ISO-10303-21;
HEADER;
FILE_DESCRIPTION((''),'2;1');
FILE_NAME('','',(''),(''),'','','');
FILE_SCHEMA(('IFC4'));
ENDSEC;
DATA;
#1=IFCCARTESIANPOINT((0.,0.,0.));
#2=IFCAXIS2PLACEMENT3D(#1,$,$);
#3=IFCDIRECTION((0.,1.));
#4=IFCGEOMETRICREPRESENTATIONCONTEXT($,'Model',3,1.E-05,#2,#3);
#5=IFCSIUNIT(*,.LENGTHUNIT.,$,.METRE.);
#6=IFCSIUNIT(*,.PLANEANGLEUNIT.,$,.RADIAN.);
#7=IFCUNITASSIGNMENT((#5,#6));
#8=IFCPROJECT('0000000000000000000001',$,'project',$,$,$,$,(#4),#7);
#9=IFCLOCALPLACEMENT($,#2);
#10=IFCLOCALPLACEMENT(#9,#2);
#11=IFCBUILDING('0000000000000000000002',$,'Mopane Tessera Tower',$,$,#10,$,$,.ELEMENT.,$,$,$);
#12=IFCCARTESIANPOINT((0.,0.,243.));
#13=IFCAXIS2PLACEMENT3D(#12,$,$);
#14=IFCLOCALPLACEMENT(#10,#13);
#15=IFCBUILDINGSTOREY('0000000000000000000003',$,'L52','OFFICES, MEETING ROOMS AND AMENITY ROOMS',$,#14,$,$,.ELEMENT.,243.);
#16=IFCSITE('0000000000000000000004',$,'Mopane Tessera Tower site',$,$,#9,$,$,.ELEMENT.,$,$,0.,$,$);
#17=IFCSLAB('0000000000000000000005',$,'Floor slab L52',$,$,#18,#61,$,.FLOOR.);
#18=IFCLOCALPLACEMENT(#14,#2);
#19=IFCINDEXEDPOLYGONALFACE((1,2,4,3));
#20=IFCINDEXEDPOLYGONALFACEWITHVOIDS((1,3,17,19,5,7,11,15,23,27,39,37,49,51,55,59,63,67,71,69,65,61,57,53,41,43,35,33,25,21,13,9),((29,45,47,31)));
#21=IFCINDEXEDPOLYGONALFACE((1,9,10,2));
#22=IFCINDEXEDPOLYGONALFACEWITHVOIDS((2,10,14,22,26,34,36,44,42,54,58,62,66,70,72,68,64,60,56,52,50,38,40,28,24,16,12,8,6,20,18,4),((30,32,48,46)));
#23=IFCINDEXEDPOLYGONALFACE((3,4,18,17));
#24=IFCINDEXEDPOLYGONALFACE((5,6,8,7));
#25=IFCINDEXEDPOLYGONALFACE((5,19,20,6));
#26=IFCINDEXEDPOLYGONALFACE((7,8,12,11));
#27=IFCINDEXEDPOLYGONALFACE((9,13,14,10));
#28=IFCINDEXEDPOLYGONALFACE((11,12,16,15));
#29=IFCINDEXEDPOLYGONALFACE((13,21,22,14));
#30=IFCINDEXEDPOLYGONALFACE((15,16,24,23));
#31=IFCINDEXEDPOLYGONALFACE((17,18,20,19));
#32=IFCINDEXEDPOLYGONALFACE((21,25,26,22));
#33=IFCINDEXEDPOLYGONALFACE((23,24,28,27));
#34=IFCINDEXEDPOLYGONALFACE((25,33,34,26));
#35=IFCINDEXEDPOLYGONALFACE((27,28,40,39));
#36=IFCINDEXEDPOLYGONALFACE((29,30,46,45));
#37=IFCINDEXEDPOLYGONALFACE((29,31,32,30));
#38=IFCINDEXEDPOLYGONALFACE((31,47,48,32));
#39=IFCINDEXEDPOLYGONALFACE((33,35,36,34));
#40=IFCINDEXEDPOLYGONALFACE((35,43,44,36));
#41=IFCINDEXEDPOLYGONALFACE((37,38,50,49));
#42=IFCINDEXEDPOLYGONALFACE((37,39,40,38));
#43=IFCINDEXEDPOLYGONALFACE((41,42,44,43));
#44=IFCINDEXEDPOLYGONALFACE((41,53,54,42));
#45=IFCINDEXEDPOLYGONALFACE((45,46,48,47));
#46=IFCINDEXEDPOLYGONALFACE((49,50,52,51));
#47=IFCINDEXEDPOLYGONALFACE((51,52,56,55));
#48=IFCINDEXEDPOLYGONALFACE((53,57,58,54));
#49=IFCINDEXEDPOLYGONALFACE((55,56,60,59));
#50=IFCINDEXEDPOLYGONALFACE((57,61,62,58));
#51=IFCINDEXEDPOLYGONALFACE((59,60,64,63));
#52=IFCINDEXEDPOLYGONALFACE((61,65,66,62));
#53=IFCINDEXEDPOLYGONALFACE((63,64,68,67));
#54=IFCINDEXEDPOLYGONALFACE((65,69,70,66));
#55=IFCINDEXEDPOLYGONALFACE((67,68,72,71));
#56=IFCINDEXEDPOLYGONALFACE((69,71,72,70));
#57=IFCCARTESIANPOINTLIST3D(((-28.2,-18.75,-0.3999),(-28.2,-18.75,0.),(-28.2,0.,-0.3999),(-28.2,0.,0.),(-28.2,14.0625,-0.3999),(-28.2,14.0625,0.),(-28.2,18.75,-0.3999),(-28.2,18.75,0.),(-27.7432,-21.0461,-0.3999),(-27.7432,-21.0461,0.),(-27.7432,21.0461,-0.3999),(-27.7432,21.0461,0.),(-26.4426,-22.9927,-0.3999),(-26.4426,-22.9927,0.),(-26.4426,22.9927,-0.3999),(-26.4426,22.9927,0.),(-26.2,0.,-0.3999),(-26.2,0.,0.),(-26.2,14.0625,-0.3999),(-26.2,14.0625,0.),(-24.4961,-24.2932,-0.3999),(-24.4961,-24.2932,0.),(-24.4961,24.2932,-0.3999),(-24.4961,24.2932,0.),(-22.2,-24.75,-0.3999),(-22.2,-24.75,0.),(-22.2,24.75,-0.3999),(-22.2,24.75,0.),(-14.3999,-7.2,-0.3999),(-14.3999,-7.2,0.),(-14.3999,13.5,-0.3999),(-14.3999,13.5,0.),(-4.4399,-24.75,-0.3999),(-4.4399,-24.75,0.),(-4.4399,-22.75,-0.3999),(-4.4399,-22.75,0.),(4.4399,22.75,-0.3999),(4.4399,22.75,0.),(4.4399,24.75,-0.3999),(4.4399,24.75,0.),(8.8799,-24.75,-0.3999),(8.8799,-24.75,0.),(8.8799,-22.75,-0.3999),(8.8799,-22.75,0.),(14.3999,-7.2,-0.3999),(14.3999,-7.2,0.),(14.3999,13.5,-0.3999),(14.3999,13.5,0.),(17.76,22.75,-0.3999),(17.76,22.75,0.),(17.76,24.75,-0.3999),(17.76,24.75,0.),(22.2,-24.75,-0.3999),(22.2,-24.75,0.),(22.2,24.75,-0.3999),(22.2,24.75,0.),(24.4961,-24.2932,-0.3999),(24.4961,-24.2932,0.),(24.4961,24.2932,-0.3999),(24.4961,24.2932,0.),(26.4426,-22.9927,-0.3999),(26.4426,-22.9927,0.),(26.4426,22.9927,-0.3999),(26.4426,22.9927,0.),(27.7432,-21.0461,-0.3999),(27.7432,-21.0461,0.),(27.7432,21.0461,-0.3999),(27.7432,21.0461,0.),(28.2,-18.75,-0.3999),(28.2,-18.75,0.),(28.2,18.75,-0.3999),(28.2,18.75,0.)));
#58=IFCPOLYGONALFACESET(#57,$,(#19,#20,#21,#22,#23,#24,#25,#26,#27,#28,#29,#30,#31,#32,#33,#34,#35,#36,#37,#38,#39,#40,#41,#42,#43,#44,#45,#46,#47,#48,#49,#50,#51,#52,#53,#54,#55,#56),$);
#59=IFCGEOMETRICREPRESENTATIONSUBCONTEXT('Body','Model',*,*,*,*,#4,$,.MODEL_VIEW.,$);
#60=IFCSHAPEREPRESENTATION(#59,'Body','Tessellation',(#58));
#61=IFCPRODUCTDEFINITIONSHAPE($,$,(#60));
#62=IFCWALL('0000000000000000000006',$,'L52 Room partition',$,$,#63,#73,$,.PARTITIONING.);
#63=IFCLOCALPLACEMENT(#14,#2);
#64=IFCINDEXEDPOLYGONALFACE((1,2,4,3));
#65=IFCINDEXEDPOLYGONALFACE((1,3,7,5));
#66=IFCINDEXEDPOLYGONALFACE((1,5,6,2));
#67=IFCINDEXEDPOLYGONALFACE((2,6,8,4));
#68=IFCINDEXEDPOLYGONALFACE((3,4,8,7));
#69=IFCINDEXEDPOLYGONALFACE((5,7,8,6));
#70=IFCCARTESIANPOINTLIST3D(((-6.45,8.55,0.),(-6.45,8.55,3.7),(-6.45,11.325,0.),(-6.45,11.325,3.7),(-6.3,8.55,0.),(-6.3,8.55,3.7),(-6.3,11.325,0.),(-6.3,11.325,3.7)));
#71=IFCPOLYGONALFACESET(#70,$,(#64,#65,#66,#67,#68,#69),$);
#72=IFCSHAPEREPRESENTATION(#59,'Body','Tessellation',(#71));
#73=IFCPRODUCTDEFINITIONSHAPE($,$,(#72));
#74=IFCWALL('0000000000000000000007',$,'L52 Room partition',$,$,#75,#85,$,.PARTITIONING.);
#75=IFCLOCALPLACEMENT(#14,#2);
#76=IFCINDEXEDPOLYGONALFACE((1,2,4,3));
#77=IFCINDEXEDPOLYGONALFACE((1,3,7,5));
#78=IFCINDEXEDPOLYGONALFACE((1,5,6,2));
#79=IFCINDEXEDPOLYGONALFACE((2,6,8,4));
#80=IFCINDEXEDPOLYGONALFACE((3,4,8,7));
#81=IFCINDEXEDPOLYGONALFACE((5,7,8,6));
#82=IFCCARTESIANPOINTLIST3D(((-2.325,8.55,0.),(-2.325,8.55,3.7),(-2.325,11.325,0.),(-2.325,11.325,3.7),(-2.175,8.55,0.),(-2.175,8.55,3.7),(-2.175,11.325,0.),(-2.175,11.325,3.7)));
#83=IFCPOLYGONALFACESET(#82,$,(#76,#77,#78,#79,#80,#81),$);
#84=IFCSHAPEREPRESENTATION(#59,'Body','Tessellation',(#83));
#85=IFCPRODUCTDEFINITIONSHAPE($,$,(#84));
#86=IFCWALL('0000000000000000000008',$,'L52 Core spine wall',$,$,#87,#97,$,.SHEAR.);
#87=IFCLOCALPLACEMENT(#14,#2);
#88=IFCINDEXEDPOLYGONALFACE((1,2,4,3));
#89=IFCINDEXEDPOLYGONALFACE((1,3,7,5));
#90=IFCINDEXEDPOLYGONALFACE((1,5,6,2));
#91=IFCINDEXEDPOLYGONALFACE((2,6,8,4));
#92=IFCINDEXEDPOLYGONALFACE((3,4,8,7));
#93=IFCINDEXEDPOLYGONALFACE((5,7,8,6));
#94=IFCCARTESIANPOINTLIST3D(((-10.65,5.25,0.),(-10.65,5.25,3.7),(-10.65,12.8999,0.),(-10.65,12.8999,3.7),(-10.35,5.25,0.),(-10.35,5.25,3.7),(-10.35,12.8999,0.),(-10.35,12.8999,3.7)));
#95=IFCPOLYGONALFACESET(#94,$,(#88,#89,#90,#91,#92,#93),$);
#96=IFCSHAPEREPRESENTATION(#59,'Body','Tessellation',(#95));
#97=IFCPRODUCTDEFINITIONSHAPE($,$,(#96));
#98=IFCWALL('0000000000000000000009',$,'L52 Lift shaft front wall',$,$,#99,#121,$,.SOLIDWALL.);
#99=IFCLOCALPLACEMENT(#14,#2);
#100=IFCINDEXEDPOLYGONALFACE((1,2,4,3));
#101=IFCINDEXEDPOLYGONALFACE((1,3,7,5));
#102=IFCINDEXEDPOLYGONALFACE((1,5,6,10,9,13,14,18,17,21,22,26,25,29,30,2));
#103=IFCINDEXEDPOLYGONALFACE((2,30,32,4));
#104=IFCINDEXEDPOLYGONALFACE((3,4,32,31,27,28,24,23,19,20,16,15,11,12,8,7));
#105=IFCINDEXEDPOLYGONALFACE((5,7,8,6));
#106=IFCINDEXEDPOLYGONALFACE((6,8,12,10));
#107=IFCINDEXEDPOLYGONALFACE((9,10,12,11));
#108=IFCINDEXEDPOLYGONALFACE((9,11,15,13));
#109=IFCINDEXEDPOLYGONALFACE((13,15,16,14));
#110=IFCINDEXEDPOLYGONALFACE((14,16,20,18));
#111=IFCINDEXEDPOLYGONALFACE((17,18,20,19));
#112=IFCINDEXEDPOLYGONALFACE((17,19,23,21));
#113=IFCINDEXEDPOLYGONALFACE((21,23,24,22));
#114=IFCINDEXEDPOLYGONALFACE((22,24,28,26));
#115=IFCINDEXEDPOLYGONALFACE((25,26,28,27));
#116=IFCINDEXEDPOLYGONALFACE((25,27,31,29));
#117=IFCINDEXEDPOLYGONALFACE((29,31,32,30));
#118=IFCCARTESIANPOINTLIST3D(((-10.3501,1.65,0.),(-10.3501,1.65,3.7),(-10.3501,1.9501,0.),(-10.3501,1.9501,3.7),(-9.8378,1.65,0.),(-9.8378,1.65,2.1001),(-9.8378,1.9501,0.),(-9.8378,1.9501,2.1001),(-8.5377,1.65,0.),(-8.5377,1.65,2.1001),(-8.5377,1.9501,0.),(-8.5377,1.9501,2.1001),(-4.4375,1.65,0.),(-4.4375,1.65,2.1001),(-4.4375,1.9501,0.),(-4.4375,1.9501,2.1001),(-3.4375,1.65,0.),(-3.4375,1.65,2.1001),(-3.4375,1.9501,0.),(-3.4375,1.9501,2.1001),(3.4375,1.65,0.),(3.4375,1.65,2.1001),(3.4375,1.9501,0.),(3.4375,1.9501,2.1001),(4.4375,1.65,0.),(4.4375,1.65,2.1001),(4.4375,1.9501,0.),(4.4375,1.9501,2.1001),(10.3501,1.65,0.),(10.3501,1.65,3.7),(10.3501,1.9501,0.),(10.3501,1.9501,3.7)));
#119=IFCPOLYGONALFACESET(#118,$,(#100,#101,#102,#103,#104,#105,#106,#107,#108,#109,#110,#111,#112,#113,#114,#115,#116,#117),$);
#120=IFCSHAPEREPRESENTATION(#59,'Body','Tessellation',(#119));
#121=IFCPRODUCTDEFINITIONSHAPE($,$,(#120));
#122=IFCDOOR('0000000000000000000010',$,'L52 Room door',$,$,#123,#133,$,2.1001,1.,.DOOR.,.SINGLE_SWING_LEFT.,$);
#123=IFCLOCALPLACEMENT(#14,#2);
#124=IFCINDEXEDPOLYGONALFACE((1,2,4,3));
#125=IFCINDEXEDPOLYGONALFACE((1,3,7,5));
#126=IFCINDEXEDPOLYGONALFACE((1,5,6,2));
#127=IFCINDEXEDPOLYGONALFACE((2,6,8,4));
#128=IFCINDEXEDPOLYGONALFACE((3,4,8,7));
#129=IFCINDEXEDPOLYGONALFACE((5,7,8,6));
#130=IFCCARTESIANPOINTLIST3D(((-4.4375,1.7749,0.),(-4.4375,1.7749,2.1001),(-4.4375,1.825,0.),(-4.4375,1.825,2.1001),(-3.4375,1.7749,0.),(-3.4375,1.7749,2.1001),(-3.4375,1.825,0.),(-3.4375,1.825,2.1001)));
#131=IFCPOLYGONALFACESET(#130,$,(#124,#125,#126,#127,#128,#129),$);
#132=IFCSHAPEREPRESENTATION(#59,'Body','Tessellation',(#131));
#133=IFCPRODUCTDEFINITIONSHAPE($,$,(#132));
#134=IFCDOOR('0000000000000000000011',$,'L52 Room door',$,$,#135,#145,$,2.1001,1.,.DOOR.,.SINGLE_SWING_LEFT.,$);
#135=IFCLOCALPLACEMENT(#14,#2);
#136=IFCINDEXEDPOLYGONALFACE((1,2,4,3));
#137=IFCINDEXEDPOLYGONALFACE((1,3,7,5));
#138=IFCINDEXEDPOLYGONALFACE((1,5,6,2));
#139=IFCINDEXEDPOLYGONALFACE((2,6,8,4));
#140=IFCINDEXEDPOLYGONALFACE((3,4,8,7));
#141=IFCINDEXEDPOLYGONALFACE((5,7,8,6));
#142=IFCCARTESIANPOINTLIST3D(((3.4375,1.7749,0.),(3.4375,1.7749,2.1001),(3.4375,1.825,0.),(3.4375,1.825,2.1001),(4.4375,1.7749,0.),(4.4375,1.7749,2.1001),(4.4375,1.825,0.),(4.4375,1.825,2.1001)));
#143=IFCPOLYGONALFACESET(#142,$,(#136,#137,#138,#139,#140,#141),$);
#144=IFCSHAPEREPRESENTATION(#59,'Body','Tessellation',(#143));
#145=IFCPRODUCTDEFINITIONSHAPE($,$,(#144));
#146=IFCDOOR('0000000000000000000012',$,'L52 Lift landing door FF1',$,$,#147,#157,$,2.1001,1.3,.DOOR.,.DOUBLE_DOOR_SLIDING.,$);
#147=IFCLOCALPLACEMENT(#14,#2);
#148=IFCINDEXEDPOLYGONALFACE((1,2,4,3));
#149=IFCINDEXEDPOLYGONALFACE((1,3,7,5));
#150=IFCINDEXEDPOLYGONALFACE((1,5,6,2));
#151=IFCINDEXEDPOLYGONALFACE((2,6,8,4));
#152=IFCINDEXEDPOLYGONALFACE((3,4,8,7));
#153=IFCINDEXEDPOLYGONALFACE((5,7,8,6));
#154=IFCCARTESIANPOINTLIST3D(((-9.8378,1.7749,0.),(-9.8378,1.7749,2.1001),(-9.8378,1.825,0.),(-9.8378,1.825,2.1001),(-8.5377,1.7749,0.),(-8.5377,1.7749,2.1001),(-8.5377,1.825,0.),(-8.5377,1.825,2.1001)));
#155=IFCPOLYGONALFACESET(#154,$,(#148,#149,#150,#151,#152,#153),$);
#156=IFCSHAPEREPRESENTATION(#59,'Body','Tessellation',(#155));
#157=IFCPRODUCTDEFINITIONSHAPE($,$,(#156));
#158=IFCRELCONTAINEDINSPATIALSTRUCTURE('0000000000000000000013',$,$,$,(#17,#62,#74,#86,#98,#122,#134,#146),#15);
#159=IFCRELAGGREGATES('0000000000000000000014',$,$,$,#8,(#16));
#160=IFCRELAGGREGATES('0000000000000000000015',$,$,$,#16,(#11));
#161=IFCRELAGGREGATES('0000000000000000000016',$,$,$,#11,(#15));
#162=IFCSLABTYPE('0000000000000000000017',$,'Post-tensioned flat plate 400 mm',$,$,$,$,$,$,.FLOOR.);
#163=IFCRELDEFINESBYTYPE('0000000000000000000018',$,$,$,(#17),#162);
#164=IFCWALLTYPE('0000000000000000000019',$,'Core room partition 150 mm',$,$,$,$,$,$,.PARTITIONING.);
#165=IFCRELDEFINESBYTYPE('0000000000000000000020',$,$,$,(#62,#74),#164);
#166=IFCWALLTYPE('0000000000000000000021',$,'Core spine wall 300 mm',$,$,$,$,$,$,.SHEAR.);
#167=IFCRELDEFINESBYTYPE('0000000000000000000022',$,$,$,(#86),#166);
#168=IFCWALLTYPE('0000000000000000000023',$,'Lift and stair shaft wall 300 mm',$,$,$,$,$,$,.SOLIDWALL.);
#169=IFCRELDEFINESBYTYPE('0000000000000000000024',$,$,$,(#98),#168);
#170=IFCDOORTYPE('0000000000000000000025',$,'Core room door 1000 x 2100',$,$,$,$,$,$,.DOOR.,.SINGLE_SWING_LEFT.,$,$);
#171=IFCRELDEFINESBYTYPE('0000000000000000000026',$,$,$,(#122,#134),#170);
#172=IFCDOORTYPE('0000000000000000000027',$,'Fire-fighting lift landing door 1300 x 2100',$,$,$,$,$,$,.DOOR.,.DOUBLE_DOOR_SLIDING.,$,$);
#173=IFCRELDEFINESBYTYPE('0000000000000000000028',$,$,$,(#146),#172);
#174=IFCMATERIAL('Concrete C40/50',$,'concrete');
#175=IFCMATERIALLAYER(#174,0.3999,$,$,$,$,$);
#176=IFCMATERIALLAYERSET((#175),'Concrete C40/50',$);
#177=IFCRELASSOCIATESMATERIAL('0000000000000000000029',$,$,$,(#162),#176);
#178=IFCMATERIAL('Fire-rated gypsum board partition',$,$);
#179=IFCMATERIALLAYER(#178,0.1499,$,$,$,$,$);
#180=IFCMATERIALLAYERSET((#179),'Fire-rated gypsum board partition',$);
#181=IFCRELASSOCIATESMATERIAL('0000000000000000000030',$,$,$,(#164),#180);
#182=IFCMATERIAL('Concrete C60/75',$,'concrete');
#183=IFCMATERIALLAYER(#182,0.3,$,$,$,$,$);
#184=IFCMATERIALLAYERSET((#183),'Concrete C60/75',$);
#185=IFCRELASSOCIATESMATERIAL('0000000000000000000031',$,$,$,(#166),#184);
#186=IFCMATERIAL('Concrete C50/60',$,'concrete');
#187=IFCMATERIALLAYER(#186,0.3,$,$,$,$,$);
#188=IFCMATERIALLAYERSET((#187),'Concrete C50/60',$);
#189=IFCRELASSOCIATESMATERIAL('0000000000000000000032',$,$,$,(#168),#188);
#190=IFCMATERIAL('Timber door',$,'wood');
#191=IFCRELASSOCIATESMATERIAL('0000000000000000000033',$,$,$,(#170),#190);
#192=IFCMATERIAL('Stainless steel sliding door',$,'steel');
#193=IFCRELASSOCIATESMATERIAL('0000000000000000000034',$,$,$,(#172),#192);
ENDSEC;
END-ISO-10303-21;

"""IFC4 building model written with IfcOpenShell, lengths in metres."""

from ifc_helpers import new_model, si_unit, direction, frame, frame_2d, origin, place, context, subcontext, project, spatial, polyline, rectangle, outline, extrude, material, layer, layer_set, type_object, element, fill, save


model = new_model("IFC4")

# Units and contexts
model_context = context("Model", 3, precision=1e-05, world=origin(), true_north=direction((0.0, 1.0)))
body_context = subcontext(model_context, "Body", "Model", "MODEL_VIEW")
ifc_project = project(units=[si_unit("LENGTHUNIT", "METRE"), si_unit("PLANEANGLEUNIT", "RADIAN")], contexts=[model_context])

# Site, building, storey
site_placement = place(None, origin())
site = spatial("IfcSite", under=ifc_project, at=site_placement, Name="Mopane Tessera Tower site", CompositionType="ELEMENT", RefElevation=0.0)
building_placement = place(site_placement, origin())
building = spatial("IfcBuilding", under=site, at=building_placement, Name="Mopane Tessera Tower", CompositionType="ELEMENT")
storey_placement = place(building_placement, frame((0.0, 0.0, 243.0)))
storey = spatial("IfcBuildingStorey", under=building, at=storey_placement, Name="L52", Description="OFFICES, MEETING ROOMS AND AMENITY ROOMS", CompositionType="ELEMENT", Elevation=243.0)

# Slab
ifc_material_1 = material(Name="Concrete C40/50", Category="concrete")
ifc_layer_1 = layer(ifc_material_1, 0.3999)
ifc_layer_set_1 = layer_set([ifc_layer_1], Name="Concrete C40/50")
slab_type = type_object("IfcSlabType", Name="Post-tensioned flat plate 400 mm", PredefinedType="FLOOR", material=ifc_layer_set_1)
slab_placement = place(storey_placement, frame((0.0, 0.0, -0.3999)))
element("IfcSlab", 1, at=slab_placement, inside=storey, type_object=slab_type, Name="Floor slab L52", PredefinedType="FLOOR", context=body_context, shape_type="SweptSolid", body=[
    extrude(outline(polyline([(-22.2, -24.75), (-4.4399, -24.75), (-4.4399, -22.75), (8.8799, -22.75), (8.8799, -24.75), (22.2, -24.75), (24.4961, -24.2932), (26.4426, -22.9927), (27.7432, -21.0461), (28.2, -18.75), (28.2, 18.75), (27.7432, 21.0461), (26.4426, 22.9927), (24.4961, 24.2932), (22.2, 24.75), (17.76, 24.75), (17.76, 22.75), (4.4399, 22.75), (4.4399, 24.75), (-22.2, 24.75), (-24.4961, 24.2932), (-26.4426, 22.9927), (-27.7432, 21.0461), (-28.2, 18.75), (-28.2, 14.0625), (-26.2, 14.0625), (-26.2, 0.0), (-28.2, 0.0), (-28.2, -18.75), (-27.7432, -21.0461), (-26.4426, -22.9927), (-24.4961, -24.2932), (-22.2, -24.75)]), holes=[polyline([(14.3999, -7.2), (-14.3999, -7.2), (-14.3999, 13.5), (14.3999, 13.5), (14.3999, -7.2)])]), origin(), (0.0, 0.0, 1.0), 0.3999),
])

# Walls
ifc_material_2 = material(Name="Fire-rated gypsum board partition")
ifc_layer_2 = layer(ifc_material_2, 0.1499)
ifc_layer_set_2 = layer_set([ifc_layer_2], Name="Fire-rated gypsum board partition")
wall_type_1 = type_object("IfcWallType", Name="Core room partition 150 mm", PredefinedType="PARTITIONING", material=ifc_layer_set_2)
for number, where, z_axis, x_axis, name in (
    (2, (-6.375, 8.55, 0.0), (0.0, 0.0, 1.0), (0.0, 1.0, 0.0), "L52 Room partition"),
    (3, (-2.25, 8.55, 0.0), (0.0, 0.0, 1.0), (0.0, 1.0, 0.0), "L52 Room partition"),
):
    element("IfcWall", number, at=place(storey_placement, frame(where, z_axis=z_axis, x_axis=x_axis)), inside=storey, type_object=wall_type_1, Name=name, PredefinedType="PARTITIONING", context=body_context, shape_type="SweptSolid", body=[
        extrude(rectangle(XDim=2.7749, YDim=0.1499, at=frame_2d((1.3875, 0.0))), origin(), (0.0, 0.0, 1.0), 3.7),
    ])
ifc_material_3 = material(Name="Concrete C60/75", Category="concrete")
ifc_layer_3 = layer(ifc_material_3, 0.3)
ifc_layer_set_3 = layer_set([ifc_layer_3], Name="Concrete C60/75")
wall_type_2 = type_object("IfcWallType", Name="Core spine wall 300 mm", PredefinedType="SHEAR", material=ifc_layer_set_3)
wall_1_placement = place(storey_placement, frame((-10.5, 5.25, 0.0), z_axis=(0.0, 0.0, 1.0), x_axis=(0.0, 1.0, 0.0)))
element("IfcWall", 4, at=wall_1_placement, inside=storey, type_object=wall_type_2, Name="L52 Core spine wall", PredefinedType="SHEAR", context=body_context, shape_type="SweptSolid", body=[
    extrude(rectangle(XDim=7.6499, YDim=0.3, at=frame_2d((3.825, 0.0))), origin(), (0.0, 0.0, 1.0), 3.7),
])

# Wall, openings, doors
ifc_material_4 = material(Name="Concrete C50/60", Category="concrete")
ifc_layer_4 = layer(ifc_material_4, 0.3)
ifc_layer_set_4 = layer_set([ifc_layer_4], Name="Concrete C50/60")
wall_type_3 = type_object("IfcWallType", Name="Lift and stair shaft wall 300 mm", PredefinedType="SOLIDWALL", material=ifc_layer_set_4)
wall_2_placement = place(storey_placement, frame((-10.3501, 1.8, 0.0), z_axis=(0.0, 0.0, 1.0), x_axis=(1.0, 0.0, 0.0)))
wall_2 = element("IfcWall", 5, at=wall_2_placement, inside=storey, type_object=wall_type_3, Name="L52 Lift shaft front wall", PredefinedType="SOLIDWALL", context=body_context, shape_type="SweptSolid", body=[
    extrude(rectangle(XDim=20.7002, YDim=0.3, at=frame_2d((10.3501, 0.0))), origin(), (0.0, 0.0, 1.0), 3.7),
])
opening_1_placement = place(wall_2_placement, frame((0.5125, 0.0, 0.0)))
opening_1 = element("IfcOpeningElement", 6, at=opening_1_placement, cuts=wall_2, PredefinedType="OPENING", context=body_context, shape_type="SweptSolid", body=[
    extrude(rectangle(XDim=1.3, YDim=2.1001, at=frame_2d((0.6499, 1.05))), frame((0.0, 0.1621, 0.0), z_axis=(0.0, -1.0, 0.0), x_axis=(1.0, 0.0, 0.0)), (0.0, 0.0, 1.0), 0.324),
])
opening_2_placement = place(wall_2_placement, frame((5.9126, 0.0, 0.0)))
opening_2 = element("IfcOpeningElement", 7, at=opening_2_placement, cuts=wall_2, PredefinedType="OPENING", context=body_context, shape_type="SweptSolid", body=[
    extrude(rectangle(XDim=1.0, YDim=2.1001, at=frame_2d((0.5, 1.05))), frame((0.0, 0.1621, 0.0), z_axis=(0.0, -1.0, 0.0), x_axis=(1.0, 0.0, 0.0)), (0.0, 0.0, 1.0), 0.324),
])
opening_3_placement = place(wall_2_placement, frame((13.7876, 0.0, 0.0)))
opening_3 = element("IfcOpeningElement", 8, at=opening_3_placement, cuts=wall_2, PredefinedType="OPENING", context=body_context, shape_type="SweptSolid", body=[
    extrude(rectangle(XDim=1.0, YDim=2.1001, at=frame_2d((0.5, 1.05))), frame((0.0, 0.1621, 0.0), z_axis=(0.0, -1.0, 0.0), x_axis=(1.0, 0.0, 0.0)), (0.0, 0.0, 1.0), 0.324),
])
ifc_material_5 = material(Name="Timber door", Category="wood")
door_type_1 = type_object("IfcDoorType", Name="Core room door 1000 x 2100", OperationType="SINGLE_SWING_LEFT", PredefinedType="DOOR", material=ifc_material_5)
door_1_placement = place(opening_2_placement, origin())
door_1 = element("IfcDoor", 9, at=door_1_placement, inside=storey, type_object=door_type_1, Name="L52 Room door", OperationType="SINGLE_SWING_LEFT", OverallHeight=2.1001, OverallWidth=1.0, PredefinedType="DOOR", context=body_context, shape_type="SweptSolid", body=[
    extrude(rectangle(XDim=1.0, YDim=2.1001, at=frame_2d((0.5, 1.05))), frame((0.0, 0.0249, 0.0), z_axis=(0.0, -1.0, 0.0), x_axis=(1.0, 0.0, 0.0)), (0.0, 0.0, 1.0), 0.05),
])
fill(opening_2, door_1)
door_2_placement = place(opening_3_placement, origin())
door_2 = element("IfcDoor", 10, at=door_2_placement, inside=storey, type_object=door_type_1, Name="L52 Room door", OperationType="SINGLE_SWING_LEFT", OverallHeight=2.1001, OverallWidth=1.0, PredefinedType="DOOR", context=body_context, shape_type="SweptSolid", body=[
    extrude(rectangle(XDim=1.0, YDim=2.1001, at=frame_2d((0.5, 1.05))), frame((0.0, 0.0249, 0.0), z_axis=(0.0, -1.0, 0.0), x_axis=(1.0, 0.0, 0.0)), (0.0, 0.0, 1.0), 0.05),
])
fill(opening_3, door_2)
ifc_material_6 = material(Name="Stainless steel sliding door", Category="steel")
door_type_2 = type_object("IfcDoorType", Name="Fire-fighting lift landing door 1300 x 2100", OperationType="DOUBLE_DOOR_SLIDING", PredefinedType="DOOR", material=ifc_material_6)
door_3_placement = place(opening_1_placement, origin())
door_3 = element("IfcDoor", 11, at=door_3_placement, inside=storey, type_object=door_type_2, Name="L52 Lift landing door FF1", OperationType="DOUBLE_DOOR_SLIDING", OverallHeight=2.1001, OverallWidth=1.3, PredefinedType="DOOR", context=body_context, shape_type="SweptSolid", body=[
    extrude(rectangle(XDim=1.3, YDim=2.1001, at=frame_2d((0.6499, 1.05))), frame((0.0, 0.0249, 0.0), z_axis=(0.0, -1.0, 0.0), x_axis=(1.0, 0.0, 0.0)), (0.0, 0.0, 1.0), 0.05),
])
fill(opening_1, door_3)

save(model, "model.ifc")
